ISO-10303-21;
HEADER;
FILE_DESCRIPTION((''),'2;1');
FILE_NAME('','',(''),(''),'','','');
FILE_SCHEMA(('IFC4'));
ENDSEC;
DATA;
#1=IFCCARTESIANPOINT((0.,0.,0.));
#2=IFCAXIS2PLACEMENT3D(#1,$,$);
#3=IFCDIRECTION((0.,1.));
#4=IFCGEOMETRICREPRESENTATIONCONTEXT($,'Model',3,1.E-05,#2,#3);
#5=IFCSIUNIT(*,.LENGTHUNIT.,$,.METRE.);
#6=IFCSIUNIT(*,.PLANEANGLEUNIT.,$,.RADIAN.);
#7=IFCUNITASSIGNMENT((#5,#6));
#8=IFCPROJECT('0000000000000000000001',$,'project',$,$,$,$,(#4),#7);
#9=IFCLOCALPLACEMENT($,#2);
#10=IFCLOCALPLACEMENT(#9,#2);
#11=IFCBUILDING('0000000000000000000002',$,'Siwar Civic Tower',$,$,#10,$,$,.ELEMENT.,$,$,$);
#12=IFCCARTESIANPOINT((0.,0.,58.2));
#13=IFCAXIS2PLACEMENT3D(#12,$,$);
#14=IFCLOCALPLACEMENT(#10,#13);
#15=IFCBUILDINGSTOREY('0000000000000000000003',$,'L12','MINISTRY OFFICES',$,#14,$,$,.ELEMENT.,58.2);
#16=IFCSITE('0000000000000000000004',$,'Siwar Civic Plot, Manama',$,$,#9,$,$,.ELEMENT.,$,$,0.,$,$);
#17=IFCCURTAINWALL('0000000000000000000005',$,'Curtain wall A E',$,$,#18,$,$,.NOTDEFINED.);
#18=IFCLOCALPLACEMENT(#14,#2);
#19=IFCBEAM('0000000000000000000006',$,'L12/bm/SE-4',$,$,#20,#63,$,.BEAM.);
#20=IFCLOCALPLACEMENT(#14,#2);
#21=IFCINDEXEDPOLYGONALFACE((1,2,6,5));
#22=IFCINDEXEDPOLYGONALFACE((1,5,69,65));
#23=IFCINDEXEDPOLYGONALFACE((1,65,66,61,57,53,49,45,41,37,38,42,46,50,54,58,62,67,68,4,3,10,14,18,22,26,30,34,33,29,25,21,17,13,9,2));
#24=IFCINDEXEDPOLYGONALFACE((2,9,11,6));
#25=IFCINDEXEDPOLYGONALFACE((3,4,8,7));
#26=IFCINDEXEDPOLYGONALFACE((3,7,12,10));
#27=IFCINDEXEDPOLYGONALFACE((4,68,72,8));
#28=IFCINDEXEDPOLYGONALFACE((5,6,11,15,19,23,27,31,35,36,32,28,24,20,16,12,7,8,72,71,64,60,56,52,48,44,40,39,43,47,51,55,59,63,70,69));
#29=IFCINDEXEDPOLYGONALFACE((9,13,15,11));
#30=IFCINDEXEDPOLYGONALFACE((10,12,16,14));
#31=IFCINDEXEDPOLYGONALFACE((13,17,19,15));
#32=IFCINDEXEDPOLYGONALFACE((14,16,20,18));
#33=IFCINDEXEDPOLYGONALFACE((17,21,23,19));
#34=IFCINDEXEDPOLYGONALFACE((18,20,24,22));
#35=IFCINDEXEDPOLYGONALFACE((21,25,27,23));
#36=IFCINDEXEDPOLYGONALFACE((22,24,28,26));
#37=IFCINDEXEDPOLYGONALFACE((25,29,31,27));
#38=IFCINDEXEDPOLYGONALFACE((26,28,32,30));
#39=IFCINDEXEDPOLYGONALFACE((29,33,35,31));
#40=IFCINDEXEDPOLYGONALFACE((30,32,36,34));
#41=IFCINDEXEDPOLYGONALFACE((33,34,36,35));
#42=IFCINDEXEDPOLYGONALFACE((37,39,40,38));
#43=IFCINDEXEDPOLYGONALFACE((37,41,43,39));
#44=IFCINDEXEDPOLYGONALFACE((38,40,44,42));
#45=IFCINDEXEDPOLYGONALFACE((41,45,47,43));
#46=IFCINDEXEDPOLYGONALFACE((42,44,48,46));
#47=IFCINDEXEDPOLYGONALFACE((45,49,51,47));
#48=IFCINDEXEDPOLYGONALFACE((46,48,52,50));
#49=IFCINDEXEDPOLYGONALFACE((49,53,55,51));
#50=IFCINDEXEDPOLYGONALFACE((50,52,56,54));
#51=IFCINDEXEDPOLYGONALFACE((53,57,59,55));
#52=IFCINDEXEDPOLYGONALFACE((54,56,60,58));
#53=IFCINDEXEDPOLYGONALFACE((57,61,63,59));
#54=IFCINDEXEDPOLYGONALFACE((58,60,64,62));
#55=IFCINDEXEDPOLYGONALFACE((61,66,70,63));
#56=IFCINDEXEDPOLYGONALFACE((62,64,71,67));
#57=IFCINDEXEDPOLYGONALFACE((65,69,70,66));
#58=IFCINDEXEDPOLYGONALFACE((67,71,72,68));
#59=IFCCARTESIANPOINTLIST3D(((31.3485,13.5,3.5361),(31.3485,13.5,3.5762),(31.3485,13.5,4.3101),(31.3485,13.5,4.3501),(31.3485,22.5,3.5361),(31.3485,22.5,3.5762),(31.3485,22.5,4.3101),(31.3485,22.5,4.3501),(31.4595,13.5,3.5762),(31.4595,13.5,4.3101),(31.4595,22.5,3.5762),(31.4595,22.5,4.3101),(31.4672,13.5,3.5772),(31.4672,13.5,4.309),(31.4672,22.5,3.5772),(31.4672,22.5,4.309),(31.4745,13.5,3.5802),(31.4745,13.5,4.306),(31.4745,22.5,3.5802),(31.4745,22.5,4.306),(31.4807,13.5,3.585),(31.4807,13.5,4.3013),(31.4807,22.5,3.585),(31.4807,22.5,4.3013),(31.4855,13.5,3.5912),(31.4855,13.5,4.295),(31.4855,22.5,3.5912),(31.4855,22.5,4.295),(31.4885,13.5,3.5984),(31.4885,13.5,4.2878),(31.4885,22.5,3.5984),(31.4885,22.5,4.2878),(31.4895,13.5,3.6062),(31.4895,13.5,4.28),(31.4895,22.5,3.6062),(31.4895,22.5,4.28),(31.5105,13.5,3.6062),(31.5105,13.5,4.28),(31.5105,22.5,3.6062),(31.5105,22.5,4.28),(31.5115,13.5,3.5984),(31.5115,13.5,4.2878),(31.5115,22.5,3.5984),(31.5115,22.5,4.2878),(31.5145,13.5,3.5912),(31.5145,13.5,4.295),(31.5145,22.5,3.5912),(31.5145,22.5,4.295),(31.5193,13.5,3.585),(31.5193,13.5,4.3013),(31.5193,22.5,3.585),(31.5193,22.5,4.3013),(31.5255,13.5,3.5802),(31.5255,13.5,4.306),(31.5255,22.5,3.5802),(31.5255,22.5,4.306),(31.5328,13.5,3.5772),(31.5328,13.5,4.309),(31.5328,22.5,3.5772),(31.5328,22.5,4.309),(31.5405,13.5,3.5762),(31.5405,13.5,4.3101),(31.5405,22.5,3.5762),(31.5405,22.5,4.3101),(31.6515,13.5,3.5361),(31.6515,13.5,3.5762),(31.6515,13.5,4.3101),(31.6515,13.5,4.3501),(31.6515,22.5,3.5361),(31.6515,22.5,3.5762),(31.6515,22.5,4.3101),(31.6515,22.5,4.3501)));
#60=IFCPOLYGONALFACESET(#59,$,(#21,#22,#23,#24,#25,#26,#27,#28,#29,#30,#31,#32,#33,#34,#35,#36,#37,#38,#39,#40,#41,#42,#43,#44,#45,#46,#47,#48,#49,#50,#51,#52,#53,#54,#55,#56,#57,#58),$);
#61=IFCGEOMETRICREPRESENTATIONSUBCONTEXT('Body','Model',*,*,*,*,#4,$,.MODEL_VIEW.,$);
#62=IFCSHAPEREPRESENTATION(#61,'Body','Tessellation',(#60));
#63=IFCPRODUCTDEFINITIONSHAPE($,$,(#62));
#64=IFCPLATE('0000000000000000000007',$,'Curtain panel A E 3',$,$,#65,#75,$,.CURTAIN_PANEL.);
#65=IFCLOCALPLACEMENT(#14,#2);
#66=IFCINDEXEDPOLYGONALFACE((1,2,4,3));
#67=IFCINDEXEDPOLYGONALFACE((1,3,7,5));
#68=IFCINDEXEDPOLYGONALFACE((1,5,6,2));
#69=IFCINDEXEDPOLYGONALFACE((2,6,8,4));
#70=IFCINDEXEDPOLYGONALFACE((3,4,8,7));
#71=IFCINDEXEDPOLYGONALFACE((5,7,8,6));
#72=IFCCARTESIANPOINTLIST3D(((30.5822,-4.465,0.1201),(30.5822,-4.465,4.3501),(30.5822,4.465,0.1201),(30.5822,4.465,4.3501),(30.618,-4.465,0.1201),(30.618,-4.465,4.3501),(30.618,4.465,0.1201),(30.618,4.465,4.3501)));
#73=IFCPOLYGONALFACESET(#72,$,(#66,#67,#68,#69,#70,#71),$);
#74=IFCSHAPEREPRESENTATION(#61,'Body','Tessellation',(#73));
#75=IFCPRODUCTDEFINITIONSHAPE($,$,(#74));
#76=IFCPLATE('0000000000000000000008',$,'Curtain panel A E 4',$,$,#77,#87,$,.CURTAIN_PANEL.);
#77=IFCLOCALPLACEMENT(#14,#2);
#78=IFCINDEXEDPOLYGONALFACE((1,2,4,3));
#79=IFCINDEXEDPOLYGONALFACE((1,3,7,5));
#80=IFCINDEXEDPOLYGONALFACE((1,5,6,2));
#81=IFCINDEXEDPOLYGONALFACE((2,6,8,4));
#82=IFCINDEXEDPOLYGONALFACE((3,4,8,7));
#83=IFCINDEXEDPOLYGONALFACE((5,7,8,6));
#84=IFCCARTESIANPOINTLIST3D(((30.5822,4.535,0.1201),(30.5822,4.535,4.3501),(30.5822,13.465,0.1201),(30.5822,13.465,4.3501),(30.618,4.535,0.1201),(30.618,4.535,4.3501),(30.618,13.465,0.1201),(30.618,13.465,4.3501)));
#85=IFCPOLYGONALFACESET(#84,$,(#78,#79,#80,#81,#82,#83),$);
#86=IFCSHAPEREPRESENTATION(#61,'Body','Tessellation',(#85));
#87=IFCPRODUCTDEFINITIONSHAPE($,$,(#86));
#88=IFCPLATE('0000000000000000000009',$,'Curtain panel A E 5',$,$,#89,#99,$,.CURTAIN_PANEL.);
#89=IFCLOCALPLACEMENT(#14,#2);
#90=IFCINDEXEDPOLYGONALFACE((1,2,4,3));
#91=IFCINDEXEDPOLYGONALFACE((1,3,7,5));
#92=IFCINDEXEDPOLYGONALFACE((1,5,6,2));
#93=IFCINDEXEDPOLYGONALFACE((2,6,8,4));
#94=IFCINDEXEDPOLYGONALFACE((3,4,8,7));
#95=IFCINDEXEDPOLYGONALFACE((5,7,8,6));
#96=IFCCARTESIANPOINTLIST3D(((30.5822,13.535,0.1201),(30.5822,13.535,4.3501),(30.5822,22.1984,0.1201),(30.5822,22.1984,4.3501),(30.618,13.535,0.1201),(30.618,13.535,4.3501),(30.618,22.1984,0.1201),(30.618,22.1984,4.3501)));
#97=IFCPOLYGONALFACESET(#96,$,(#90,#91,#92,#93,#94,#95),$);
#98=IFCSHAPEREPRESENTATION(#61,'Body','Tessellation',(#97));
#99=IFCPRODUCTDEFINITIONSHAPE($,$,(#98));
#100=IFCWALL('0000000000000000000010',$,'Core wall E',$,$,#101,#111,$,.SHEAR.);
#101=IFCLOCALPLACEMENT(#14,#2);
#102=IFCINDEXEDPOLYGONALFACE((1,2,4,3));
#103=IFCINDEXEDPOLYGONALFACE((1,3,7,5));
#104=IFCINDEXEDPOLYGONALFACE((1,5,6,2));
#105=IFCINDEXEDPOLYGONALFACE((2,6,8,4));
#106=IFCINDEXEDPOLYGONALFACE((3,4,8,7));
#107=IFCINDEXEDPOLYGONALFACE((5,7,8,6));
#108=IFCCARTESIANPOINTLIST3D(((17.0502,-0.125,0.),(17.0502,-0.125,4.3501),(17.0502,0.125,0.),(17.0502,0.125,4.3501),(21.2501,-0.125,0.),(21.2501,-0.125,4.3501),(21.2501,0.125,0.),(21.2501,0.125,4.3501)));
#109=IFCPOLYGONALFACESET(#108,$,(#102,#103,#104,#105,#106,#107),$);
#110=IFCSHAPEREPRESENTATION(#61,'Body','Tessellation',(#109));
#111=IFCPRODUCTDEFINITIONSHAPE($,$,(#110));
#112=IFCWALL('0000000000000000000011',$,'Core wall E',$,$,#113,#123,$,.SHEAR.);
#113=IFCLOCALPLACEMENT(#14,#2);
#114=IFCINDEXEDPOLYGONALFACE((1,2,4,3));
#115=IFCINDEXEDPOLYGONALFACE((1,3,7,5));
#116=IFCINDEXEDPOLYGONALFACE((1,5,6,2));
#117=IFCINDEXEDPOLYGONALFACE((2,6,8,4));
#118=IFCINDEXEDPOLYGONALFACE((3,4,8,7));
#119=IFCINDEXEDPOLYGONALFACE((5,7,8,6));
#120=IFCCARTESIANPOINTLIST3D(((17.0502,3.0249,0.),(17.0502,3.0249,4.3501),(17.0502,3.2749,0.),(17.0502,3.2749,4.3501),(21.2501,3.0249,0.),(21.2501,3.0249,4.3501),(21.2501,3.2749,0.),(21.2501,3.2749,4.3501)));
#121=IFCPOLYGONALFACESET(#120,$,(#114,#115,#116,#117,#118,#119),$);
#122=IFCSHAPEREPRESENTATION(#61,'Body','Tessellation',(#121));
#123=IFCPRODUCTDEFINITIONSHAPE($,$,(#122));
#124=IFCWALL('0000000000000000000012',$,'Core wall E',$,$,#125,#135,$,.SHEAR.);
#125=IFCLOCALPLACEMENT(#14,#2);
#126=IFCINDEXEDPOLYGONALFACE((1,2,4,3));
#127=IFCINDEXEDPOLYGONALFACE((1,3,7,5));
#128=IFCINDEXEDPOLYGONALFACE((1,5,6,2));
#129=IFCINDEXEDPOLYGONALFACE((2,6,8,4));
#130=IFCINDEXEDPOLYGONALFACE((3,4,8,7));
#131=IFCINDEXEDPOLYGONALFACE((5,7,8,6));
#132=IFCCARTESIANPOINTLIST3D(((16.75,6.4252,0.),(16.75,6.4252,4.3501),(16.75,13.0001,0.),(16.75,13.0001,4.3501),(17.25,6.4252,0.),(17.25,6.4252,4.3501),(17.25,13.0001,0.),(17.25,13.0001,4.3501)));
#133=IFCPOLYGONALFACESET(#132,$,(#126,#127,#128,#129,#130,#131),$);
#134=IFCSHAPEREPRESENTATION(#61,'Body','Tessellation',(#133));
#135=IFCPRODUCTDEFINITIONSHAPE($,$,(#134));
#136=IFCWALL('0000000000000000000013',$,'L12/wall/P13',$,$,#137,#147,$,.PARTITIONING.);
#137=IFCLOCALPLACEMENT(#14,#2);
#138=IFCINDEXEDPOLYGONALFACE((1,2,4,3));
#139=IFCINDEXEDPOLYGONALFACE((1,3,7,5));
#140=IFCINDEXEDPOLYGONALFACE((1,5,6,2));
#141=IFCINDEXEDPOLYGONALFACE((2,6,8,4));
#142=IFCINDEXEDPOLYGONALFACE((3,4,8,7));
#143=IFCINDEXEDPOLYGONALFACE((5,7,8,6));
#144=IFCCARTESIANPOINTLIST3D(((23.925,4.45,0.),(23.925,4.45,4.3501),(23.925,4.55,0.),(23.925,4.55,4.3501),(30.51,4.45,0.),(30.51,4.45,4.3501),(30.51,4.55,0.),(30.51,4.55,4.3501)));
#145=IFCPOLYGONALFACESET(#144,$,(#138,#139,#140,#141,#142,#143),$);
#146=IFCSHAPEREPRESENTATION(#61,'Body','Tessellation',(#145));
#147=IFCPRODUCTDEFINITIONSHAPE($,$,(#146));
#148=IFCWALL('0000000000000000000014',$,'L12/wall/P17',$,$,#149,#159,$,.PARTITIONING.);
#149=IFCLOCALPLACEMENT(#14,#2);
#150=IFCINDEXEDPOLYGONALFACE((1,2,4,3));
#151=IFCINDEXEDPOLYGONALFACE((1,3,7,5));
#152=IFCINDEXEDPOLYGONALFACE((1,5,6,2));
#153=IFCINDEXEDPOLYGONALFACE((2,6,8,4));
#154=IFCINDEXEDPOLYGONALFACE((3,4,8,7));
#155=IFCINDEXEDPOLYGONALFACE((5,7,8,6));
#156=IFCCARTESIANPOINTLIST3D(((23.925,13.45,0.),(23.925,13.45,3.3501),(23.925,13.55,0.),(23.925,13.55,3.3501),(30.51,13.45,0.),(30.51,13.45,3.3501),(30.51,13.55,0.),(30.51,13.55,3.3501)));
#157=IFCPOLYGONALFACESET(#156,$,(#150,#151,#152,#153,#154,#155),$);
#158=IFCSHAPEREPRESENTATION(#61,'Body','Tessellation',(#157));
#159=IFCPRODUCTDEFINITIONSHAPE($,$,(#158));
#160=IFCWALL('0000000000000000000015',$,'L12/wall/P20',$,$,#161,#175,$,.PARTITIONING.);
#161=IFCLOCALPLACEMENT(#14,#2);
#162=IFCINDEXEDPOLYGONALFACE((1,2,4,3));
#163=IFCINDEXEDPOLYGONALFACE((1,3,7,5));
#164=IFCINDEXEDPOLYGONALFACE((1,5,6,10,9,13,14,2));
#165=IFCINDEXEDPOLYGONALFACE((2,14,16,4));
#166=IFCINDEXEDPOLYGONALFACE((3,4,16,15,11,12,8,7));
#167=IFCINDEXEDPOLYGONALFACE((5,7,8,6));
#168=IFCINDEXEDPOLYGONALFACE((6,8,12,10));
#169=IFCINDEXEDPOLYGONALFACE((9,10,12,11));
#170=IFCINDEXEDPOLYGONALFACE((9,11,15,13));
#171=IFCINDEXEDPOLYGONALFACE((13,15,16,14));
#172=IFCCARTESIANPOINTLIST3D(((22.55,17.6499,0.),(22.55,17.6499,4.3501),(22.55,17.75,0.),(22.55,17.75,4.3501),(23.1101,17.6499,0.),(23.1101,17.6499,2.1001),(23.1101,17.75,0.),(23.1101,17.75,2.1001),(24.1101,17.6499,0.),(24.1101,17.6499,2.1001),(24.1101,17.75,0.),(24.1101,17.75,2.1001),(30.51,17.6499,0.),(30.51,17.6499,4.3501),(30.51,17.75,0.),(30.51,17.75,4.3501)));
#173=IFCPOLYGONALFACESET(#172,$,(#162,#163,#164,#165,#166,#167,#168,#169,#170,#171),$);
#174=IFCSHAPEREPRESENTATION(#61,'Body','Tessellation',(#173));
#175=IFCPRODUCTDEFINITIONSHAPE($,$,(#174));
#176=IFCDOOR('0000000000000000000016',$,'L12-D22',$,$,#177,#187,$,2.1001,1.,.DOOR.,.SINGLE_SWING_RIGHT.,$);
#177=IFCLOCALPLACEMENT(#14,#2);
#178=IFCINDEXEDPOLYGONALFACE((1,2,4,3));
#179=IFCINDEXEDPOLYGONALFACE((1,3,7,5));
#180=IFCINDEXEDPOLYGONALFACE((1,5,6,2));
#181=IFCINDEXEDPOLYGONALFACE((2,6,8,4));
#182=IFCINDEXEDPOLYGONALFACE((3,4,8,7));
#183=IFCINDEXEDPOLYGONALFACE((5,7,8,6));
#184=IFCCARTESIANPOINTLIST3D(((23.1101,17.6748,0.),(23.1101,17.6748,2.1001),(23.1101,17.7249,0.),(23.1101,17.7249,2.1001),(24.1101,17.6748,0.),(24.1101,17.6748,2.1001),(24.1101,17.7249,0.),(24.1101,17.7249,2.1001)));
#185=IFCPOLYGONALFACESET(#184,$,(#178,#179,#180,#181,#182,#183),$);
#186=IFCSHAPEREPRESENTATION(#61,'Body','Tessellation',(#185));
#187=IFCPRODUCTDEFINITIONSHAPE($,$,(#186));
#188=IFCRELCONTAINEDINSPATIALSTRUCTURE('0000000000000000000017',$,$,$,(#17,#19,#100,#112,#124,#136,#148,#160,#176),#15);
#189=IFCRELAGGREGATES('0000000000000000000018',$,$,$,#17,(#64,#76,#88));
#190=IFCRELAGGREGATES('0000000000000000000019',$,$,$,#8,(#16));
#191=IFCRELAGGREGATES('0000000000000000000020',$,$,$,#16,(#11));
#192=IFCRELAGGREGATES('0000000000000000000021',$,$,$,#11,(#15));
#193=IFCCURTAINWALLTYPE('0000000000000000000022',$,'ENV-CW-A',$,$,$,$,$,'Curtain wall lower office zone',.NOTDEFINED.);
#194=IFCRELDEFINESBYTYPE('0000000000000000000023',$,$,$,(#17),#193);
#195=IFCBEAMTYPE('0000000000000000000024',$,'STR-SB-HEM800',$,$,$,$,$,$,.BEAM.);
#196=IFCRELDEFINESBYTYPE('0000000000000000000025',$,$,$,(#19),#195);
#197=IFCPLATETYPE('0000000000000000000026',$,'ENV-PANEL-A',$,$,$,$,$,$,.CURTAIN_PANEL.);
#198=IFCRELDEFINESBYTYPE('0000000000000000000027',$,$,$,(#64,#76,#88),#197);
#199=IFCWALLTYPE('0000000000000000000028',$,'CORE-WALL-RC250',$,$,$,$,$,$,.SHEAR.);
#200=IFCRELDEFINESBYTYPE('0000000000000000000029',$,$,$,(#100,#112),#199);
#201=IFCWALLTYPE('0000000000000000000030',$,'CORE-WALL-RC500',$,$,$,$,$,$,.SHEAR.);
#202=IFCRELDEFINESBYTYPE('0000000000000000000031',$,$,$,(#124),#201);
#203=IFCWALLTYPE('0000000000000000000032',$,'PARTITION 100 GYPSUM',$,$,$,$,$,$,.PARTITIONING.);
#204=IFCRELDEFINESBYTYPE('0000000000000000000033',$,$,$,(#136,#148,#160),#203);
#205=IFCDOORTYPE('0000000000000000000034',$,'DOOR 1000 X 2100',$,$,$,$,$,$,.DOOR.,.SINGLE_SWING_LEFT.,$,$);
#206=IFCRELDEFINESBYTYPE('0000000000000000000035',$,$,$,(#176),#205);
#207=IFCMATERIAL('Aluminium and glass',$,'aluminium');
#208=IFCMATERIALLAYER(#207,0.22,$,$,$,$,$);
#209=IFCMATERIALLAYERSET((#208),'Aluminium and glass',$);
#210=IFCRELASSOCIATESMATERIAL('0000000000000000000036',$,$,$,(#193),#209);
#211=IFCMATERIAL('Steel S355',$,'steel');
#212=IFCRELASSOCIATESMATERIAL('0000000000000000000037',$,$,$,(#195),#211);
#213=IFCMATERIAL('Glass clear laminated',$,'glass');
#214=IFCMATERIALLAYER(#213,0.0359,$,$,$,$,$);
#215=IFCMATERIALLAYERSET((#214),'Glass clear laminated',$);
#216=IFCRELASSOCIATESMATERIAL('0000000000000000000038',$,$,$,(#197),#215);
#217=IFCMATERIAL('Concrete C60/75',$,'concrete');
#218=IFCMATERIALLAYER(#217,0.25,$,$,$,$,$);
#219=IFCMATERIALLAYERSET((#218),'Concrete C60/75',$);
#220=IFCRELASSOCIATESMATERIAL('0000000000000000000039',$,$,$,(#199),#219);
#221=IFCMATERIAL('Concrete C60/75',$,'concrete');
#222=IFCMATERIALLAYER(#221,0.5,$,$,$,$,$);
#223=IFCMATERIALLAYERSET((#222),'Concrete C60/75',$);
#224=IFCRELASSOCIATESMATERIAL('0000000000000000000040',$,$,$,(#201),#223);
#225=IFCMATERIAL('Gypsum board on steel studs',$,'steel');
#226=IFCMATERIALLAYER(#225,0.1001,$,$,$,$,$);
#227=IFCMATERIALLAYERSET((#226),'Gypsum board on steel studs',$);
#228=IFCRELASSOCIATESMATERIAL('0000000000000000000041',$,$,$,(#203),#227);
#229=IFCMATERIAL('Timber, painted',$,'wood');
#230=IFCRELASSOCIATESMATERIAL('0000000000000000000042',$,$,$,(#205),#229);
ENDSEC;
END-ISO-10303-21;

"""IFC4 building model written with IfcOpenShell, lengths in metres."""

from ifc_helpers import new_model, si_unit, direction, frame, frame_2d, origin, origin_2d, place, context, subcontext, project, spatial, rectangle, i_section, extrude, material, layer, layer_set, material_profile, profile_set, type_object, element, fill, aggregate, save


model = new_model("IFC4")

# Units and contexts
model_context = context("Model", 3, precision=1e-05, world=origin(), true_north=direction((0.0, 1.0)))
body_context = subcontext(model_context, "Body", "Model", "MODEL_VIEW")
ifc_project = project(units=[si_unit("LENGTHUNIT", "METRE"), si_unit("PLANEANGLEUNIT", "RADIAN")], contexts=[model_context])

# Site, building, storey
site_placement = place(None, origin())
site = spatial("IfcSite", under=ifc_project, at=site_placement, Name="Siwar Civic Plot, Manama", CompositionType="ELEMENT", RefElevation=0.0)
building_placement = place(site_placement, origin())
building = spatial("IfcBuilding", under=site, at=building_placement, Name="Siwar Civic Tower", CompositionType="ELEMENT")
storey_placement = place(building_placement, frame((0.0, 0.0, 58.2)))
storey = spatial("IfcBuildingStorey", under=building, at=storey_placement, Name="L12", Description="MINISTRY OFFICES", CompositionType="ELEMENT", Elevation=58.2)

# Curtain wall
ifc_material_1 = material(Name="Aluminium and glass", Category="aluminium")
ifc_layer_1 = layer(ifc_material_1, 0.22)
ifc_layer_set_1 = layer_set([ifc_layer_1], Name="Aluminium and glass")
curtain_wall_type = type_object("IfcCurtainWallType", Name="ENV-CW-A", ElementType="Curtain wall lower office zone", PredefinedType="NOTDEFINED", material=ifc_layer_set_1)
curtain_wall_placement = place(storey_placement, origin())
curtain_wall = element("IfcCurtainWall", 1, at=curtain_wall_placement, inside=storey, type_object=curtain_wall_type, Name="Curtain wall A E", PredefinedType="NOTDEFINED")

# Beam
ifc_material_2 = material(Name="Steel S355", Category="steel")
ifc_material_profile_1 = material_profile(ifc_material_2, i_section(OverallWidth=0.303, OverallDepth=0.814, WebThickness=0.021, FlangeThickness=0.04, FilletRadius=0.03, at=origin_2d()), Name="HEM800")
ifc_profile_set_1 = profile_set([ifc_material_profile_1], Name="Steel S355")
beam_type_1 = type_object("IfcBeamType", Name="STR-SB-HEM800", PredefinedType="BEAM", material=ifc_profile_set_1)
for number, where, z_axis, x_axis, name in (
    (2, (31.5, 13.5, 3.9431), (0.0, 1.0, 0.0), (-1.0, 0.0, 0.0), "L12/bm/SE-4"),
):
    element("IfcBeam", number, at=place(storey_placement, frame(where, z_axis=z_axis, x_axis=x_axis)), inside=storey, type_object=beam_type_1, Name=name, PredefinedType="BEAM", context=body_context, shape_type="SweptSolid", body=[
        extrude(i_section(OverallWidth=0.303, OverallDepth=0.814, WebThickness=0.021, FlangeThickness=0.04, FilletRadius=0.03, at=origin_2d()), origin(), (0.0, 0.0, 1.0), 9.0),
    ])

# Plates
ifc_material_3 = material(Name="Glass clear laminated", Category="glass")
ifc_layer_2 = layer(ifc_material_3, 0.0359)
ifc_layer_set_2 = layer_set([ifc_layer_2], Name="Glass clear laminated")
plate_type = type_object("IfcPlateType", Name="ENV-PANEL-A", PredefinedType="CURTAIN_PANEL", material=ifc_layer_set_2)
plate_1_placement = place(storey_placement, frame((30.6001, 0.0, 0.1201), z_axis=(0.0, 0.0, 1.0), x_axis=(0.0, 1.0, 0.0)))
plate_1 = element("IfcPlate", 3, at=plate_1_placement, type_object=plate_type, Name="Curtain panel A E 3", PredefinedType="CURTAIN_PANEL", context=body_context, shape_type="SweptSolid", body=[
    extrude(rectangle(XDim=8.9299, YDim=0.0359, at=origin_2d()), origin(), (0.0, 0.0, 1.0), 4.23),
])
plate_2_placement = place(storey_placement, frame((30.6001, 9.0, 0.1201), z_axis=(0.0, 0.0, 1.0), x_axis=(0.0, 1.0, 0.0)))
plate_2 = element("IfcPlate", 4, at=plate_2_placement, type_object=plate_type, Name="Curtain panel A E 4", PredefinedType="CURTAIN_PANEL", context=body_context, shape_type="SweptSolid", body=[
    extrude(rectangle(XDim=8.9299, YDim=0.0359, at=origin_2d()), origin(), (0.0, 0.0, 1.0), 4.23),
])
plate_3_placement = place(storey_placement, frame((30.6001, 17.8667, 0.1201), z_axis=(0.0, 0.0, 1.0), x_axis=(0.0, 1.0, 0.0)))
plate_3 = element("IfcPlate", 5, at=plate_3_placement, type_object=plate_type, Name="Curtain panel A E 5", PredefinedType="CURTAIN_PANEL", context=body_context, shape_type="SweptSolid", body=[
    extrude(rectangle(XDim=8.6633, YDim=0.0359, at=origin_2d()), origin(), (0.0, 0.0, 1.0), 4.23),
])
aggregate(curtain_wall, [plate_1, plate_2, plate_3])

# Walls
ifc_material_4 = material(Name="Concrete C60/75", Category="concrete")
ifc_layer_3 = layer(ifc_material_4, 0.25)
ifc_layer_set_3 = layer_set([ifc_layer_3], Name="Concrete C60/75")
wall_type_1 = type_object("IfcWallType", Name="CORE-WALL-RC250", PredefinedType="SHEAR", material=ifc_layer_set_3)
for number, where, z_axis, x_axis, name in (
    (6, (17.05, 0.0, 0.0), (0.0, 0.0, 1.0), (1.0, 0.0, 0.0), "Core wall E"),
    (7, (17.05, 3.1499, 0.0), (0.0, 0.0, 1.0), (1.0, 0.0, 0.0), "Core wall E"),
):
    element("IfcWall", number, at=place(storey_placement, frame(where, z_axis=z_axis, x_axis=x_axis)), inside=storey, type_object=wall_type_1, Name=name, PredefinedType="SHEAR", context=body_context, shape_type="SweptSolid", body=[
        extrude(rectangle(XDim=4.2, YDim=0.25, at=frame_2d((2.1001, 0.0))), origin(), (0.0, 0.0, 1.0), 4.3501),
    ])
ifc_material_5 = material(Name="Concrete C60/75", Category="concrete")
ifc_layer_4 = layer(ifc_material_5, 0.5)
ifc_layer_set_4 = layer_set([ifc_layer_4], Name="Concrete C60/75")
wall_type_2 = type_object("IfcWallType", Name="CORE-WALL-RC500", PredefinedType="SHEAR", material=ifc_layer_set_4)
wall_1_placement = place(storey_placement, frame((17.0, 6.425, 0.0), z_axis=(0.0, 0.0, 1.0), x_axis=(0.0, 1.0, 0.0)))
element("IfcWall", 8, at=wall_1_placement, inside=storey, type_object=wall_type_2, Name="Core wall E", PredefinedType="SHEAR", context=body_context, shape_type="SweptSolid", body=[
    extrude(rectangle(XDim=6.575, YDim=0.5, at=frame_2d((3.2876, 0.0))), origin(), (0.0, 0.0, 1.0), 4.3501),
])
ifc_material_6 = material(Name="Gypsum board on steel studs", Category="steel")
ifc_layer_5 = layer(ifc_material_6, 0.1001)
ifc_layer_set_5 = layer_set([ifc_layer_5], Name="Gypsum board on steel studs")
wall_type_3 = type_object("IfcWallType", Name="PARTITION 100 GYPSUM", PredefinedType="PARTITIONING", material=ifc_layer_set_5)
wall_2_placement = place(storey_placement, frame((23.925, 4.5, 0.0), z_axis=(0.0, 0.0, 1.0), x_axis=(1.0, 0.0, 0.0)))
element("IfcWall", 9, at=wall_2_placement, inside=storey, type_object=wall_type_3, Name="L12/wall/P13", PredefinedType="PARTITIONING", context=body_context, shape_type="SweptSolid", body=[
    extrude(rectangle(XDim=6.585, YDim=0.1001, at=frame_2d((3.2925, 0.0))), origin(), (0.0, 0.0, 1.0), 4.3501),
])
wall_3_placement = place(storey_placement, frame((23.925, 13.5, 0.0), z_axis=(0.0, 0.0, 1.0), x_axis=(1.0, 0.0, 0.0)))
element("IfcWall", 10, at=wall_3_placement, inside=storey, type_object=wall_type_3, Name="L12/wall/P17", PredefinedType="PARTITIONING", context=body_context, shape_type="SweptSolid", body=[
    extrude(rectangle(XDim=6.585, YDim=0.1001, at=frame_2d((3.2925, 0.0))), origin(), (0.0, 0.0, 1.0), 3.3501),
])

# Wall, opening, door
wall_4_placement = place(storey_placement, frame((22.55, 17.7, 0.0), z_axis=(0.0, 0.0, 1.0), x_axis=(1.0, 0.0, 0.0)))
wall_4 = element("IfcWall", 11, at=wall_4_placement, inside=storey, type_object=wall_type_3, Name="L12/wall/P20", PredefinedType="PARTITIONING", context=body_context, shape_type="SweptSolid", body=[
    extrude(rectangle(XDim=7.96, YDim=0.1001, at=frame_2d((3.98, 0.0))), origin(), (0.0, 0.0, 1.0), 4.3501),
])
opening_placement = place(wall_4_placement, frame((0.5601, 0.0, 0.0)))
opening = element("IfcOpeningElement", 12, at=opening_placement, cuts=wall_4, PredefinedType="OPENING", context=body_context, shape_type="SweptSolid", body=[
    extrude(rectangle(XDim=1.0, YDim=2.1001, at=frame_2d((0.5, 1.05))), frame((0.0, 0.0601, 0.0), z_axis=(0.0, -1.0, 0.0), x_axis=(1.0, 0.0, 0.0)), (0.0, 0.0, 1.0), 0.1201),
])
ifc_material_7 = material(Name="Timber, painted", Category="wood")
door_type = type_object("IfcDoorType", Name="DOOR 1000 X 2100", OperationType="SINGLE_SWING_LEFT", PredefinedType="DOOR", material=ifc_material_7)
door_placement = place(opening_placement, origin())
door = element("IfcDoor", 13, at=door_placement, inside=storey, type_object=door_type, Name="L12-D22", OperationType="SINGLE_SWING_RIGHT", OverallHeight=2.1001, OverallWidth=1.0, PredefinedType="DOOR", context=body_context, shape_type="SweptSolid", body=[
    extrude(rectangle(XDim=1.0, YDim=2.1001, at=frame_2d((0.5, 1.05))), frame((0.0, 0.0249, 0.0), z_axis=(0.0, -1.0, 0.0), x_axis=(1.0, 0.0, 0.0)), (0.0, 0.0, 1.0), 0.05),
])
fill(opening, door)

save(model, "model.ifc")
